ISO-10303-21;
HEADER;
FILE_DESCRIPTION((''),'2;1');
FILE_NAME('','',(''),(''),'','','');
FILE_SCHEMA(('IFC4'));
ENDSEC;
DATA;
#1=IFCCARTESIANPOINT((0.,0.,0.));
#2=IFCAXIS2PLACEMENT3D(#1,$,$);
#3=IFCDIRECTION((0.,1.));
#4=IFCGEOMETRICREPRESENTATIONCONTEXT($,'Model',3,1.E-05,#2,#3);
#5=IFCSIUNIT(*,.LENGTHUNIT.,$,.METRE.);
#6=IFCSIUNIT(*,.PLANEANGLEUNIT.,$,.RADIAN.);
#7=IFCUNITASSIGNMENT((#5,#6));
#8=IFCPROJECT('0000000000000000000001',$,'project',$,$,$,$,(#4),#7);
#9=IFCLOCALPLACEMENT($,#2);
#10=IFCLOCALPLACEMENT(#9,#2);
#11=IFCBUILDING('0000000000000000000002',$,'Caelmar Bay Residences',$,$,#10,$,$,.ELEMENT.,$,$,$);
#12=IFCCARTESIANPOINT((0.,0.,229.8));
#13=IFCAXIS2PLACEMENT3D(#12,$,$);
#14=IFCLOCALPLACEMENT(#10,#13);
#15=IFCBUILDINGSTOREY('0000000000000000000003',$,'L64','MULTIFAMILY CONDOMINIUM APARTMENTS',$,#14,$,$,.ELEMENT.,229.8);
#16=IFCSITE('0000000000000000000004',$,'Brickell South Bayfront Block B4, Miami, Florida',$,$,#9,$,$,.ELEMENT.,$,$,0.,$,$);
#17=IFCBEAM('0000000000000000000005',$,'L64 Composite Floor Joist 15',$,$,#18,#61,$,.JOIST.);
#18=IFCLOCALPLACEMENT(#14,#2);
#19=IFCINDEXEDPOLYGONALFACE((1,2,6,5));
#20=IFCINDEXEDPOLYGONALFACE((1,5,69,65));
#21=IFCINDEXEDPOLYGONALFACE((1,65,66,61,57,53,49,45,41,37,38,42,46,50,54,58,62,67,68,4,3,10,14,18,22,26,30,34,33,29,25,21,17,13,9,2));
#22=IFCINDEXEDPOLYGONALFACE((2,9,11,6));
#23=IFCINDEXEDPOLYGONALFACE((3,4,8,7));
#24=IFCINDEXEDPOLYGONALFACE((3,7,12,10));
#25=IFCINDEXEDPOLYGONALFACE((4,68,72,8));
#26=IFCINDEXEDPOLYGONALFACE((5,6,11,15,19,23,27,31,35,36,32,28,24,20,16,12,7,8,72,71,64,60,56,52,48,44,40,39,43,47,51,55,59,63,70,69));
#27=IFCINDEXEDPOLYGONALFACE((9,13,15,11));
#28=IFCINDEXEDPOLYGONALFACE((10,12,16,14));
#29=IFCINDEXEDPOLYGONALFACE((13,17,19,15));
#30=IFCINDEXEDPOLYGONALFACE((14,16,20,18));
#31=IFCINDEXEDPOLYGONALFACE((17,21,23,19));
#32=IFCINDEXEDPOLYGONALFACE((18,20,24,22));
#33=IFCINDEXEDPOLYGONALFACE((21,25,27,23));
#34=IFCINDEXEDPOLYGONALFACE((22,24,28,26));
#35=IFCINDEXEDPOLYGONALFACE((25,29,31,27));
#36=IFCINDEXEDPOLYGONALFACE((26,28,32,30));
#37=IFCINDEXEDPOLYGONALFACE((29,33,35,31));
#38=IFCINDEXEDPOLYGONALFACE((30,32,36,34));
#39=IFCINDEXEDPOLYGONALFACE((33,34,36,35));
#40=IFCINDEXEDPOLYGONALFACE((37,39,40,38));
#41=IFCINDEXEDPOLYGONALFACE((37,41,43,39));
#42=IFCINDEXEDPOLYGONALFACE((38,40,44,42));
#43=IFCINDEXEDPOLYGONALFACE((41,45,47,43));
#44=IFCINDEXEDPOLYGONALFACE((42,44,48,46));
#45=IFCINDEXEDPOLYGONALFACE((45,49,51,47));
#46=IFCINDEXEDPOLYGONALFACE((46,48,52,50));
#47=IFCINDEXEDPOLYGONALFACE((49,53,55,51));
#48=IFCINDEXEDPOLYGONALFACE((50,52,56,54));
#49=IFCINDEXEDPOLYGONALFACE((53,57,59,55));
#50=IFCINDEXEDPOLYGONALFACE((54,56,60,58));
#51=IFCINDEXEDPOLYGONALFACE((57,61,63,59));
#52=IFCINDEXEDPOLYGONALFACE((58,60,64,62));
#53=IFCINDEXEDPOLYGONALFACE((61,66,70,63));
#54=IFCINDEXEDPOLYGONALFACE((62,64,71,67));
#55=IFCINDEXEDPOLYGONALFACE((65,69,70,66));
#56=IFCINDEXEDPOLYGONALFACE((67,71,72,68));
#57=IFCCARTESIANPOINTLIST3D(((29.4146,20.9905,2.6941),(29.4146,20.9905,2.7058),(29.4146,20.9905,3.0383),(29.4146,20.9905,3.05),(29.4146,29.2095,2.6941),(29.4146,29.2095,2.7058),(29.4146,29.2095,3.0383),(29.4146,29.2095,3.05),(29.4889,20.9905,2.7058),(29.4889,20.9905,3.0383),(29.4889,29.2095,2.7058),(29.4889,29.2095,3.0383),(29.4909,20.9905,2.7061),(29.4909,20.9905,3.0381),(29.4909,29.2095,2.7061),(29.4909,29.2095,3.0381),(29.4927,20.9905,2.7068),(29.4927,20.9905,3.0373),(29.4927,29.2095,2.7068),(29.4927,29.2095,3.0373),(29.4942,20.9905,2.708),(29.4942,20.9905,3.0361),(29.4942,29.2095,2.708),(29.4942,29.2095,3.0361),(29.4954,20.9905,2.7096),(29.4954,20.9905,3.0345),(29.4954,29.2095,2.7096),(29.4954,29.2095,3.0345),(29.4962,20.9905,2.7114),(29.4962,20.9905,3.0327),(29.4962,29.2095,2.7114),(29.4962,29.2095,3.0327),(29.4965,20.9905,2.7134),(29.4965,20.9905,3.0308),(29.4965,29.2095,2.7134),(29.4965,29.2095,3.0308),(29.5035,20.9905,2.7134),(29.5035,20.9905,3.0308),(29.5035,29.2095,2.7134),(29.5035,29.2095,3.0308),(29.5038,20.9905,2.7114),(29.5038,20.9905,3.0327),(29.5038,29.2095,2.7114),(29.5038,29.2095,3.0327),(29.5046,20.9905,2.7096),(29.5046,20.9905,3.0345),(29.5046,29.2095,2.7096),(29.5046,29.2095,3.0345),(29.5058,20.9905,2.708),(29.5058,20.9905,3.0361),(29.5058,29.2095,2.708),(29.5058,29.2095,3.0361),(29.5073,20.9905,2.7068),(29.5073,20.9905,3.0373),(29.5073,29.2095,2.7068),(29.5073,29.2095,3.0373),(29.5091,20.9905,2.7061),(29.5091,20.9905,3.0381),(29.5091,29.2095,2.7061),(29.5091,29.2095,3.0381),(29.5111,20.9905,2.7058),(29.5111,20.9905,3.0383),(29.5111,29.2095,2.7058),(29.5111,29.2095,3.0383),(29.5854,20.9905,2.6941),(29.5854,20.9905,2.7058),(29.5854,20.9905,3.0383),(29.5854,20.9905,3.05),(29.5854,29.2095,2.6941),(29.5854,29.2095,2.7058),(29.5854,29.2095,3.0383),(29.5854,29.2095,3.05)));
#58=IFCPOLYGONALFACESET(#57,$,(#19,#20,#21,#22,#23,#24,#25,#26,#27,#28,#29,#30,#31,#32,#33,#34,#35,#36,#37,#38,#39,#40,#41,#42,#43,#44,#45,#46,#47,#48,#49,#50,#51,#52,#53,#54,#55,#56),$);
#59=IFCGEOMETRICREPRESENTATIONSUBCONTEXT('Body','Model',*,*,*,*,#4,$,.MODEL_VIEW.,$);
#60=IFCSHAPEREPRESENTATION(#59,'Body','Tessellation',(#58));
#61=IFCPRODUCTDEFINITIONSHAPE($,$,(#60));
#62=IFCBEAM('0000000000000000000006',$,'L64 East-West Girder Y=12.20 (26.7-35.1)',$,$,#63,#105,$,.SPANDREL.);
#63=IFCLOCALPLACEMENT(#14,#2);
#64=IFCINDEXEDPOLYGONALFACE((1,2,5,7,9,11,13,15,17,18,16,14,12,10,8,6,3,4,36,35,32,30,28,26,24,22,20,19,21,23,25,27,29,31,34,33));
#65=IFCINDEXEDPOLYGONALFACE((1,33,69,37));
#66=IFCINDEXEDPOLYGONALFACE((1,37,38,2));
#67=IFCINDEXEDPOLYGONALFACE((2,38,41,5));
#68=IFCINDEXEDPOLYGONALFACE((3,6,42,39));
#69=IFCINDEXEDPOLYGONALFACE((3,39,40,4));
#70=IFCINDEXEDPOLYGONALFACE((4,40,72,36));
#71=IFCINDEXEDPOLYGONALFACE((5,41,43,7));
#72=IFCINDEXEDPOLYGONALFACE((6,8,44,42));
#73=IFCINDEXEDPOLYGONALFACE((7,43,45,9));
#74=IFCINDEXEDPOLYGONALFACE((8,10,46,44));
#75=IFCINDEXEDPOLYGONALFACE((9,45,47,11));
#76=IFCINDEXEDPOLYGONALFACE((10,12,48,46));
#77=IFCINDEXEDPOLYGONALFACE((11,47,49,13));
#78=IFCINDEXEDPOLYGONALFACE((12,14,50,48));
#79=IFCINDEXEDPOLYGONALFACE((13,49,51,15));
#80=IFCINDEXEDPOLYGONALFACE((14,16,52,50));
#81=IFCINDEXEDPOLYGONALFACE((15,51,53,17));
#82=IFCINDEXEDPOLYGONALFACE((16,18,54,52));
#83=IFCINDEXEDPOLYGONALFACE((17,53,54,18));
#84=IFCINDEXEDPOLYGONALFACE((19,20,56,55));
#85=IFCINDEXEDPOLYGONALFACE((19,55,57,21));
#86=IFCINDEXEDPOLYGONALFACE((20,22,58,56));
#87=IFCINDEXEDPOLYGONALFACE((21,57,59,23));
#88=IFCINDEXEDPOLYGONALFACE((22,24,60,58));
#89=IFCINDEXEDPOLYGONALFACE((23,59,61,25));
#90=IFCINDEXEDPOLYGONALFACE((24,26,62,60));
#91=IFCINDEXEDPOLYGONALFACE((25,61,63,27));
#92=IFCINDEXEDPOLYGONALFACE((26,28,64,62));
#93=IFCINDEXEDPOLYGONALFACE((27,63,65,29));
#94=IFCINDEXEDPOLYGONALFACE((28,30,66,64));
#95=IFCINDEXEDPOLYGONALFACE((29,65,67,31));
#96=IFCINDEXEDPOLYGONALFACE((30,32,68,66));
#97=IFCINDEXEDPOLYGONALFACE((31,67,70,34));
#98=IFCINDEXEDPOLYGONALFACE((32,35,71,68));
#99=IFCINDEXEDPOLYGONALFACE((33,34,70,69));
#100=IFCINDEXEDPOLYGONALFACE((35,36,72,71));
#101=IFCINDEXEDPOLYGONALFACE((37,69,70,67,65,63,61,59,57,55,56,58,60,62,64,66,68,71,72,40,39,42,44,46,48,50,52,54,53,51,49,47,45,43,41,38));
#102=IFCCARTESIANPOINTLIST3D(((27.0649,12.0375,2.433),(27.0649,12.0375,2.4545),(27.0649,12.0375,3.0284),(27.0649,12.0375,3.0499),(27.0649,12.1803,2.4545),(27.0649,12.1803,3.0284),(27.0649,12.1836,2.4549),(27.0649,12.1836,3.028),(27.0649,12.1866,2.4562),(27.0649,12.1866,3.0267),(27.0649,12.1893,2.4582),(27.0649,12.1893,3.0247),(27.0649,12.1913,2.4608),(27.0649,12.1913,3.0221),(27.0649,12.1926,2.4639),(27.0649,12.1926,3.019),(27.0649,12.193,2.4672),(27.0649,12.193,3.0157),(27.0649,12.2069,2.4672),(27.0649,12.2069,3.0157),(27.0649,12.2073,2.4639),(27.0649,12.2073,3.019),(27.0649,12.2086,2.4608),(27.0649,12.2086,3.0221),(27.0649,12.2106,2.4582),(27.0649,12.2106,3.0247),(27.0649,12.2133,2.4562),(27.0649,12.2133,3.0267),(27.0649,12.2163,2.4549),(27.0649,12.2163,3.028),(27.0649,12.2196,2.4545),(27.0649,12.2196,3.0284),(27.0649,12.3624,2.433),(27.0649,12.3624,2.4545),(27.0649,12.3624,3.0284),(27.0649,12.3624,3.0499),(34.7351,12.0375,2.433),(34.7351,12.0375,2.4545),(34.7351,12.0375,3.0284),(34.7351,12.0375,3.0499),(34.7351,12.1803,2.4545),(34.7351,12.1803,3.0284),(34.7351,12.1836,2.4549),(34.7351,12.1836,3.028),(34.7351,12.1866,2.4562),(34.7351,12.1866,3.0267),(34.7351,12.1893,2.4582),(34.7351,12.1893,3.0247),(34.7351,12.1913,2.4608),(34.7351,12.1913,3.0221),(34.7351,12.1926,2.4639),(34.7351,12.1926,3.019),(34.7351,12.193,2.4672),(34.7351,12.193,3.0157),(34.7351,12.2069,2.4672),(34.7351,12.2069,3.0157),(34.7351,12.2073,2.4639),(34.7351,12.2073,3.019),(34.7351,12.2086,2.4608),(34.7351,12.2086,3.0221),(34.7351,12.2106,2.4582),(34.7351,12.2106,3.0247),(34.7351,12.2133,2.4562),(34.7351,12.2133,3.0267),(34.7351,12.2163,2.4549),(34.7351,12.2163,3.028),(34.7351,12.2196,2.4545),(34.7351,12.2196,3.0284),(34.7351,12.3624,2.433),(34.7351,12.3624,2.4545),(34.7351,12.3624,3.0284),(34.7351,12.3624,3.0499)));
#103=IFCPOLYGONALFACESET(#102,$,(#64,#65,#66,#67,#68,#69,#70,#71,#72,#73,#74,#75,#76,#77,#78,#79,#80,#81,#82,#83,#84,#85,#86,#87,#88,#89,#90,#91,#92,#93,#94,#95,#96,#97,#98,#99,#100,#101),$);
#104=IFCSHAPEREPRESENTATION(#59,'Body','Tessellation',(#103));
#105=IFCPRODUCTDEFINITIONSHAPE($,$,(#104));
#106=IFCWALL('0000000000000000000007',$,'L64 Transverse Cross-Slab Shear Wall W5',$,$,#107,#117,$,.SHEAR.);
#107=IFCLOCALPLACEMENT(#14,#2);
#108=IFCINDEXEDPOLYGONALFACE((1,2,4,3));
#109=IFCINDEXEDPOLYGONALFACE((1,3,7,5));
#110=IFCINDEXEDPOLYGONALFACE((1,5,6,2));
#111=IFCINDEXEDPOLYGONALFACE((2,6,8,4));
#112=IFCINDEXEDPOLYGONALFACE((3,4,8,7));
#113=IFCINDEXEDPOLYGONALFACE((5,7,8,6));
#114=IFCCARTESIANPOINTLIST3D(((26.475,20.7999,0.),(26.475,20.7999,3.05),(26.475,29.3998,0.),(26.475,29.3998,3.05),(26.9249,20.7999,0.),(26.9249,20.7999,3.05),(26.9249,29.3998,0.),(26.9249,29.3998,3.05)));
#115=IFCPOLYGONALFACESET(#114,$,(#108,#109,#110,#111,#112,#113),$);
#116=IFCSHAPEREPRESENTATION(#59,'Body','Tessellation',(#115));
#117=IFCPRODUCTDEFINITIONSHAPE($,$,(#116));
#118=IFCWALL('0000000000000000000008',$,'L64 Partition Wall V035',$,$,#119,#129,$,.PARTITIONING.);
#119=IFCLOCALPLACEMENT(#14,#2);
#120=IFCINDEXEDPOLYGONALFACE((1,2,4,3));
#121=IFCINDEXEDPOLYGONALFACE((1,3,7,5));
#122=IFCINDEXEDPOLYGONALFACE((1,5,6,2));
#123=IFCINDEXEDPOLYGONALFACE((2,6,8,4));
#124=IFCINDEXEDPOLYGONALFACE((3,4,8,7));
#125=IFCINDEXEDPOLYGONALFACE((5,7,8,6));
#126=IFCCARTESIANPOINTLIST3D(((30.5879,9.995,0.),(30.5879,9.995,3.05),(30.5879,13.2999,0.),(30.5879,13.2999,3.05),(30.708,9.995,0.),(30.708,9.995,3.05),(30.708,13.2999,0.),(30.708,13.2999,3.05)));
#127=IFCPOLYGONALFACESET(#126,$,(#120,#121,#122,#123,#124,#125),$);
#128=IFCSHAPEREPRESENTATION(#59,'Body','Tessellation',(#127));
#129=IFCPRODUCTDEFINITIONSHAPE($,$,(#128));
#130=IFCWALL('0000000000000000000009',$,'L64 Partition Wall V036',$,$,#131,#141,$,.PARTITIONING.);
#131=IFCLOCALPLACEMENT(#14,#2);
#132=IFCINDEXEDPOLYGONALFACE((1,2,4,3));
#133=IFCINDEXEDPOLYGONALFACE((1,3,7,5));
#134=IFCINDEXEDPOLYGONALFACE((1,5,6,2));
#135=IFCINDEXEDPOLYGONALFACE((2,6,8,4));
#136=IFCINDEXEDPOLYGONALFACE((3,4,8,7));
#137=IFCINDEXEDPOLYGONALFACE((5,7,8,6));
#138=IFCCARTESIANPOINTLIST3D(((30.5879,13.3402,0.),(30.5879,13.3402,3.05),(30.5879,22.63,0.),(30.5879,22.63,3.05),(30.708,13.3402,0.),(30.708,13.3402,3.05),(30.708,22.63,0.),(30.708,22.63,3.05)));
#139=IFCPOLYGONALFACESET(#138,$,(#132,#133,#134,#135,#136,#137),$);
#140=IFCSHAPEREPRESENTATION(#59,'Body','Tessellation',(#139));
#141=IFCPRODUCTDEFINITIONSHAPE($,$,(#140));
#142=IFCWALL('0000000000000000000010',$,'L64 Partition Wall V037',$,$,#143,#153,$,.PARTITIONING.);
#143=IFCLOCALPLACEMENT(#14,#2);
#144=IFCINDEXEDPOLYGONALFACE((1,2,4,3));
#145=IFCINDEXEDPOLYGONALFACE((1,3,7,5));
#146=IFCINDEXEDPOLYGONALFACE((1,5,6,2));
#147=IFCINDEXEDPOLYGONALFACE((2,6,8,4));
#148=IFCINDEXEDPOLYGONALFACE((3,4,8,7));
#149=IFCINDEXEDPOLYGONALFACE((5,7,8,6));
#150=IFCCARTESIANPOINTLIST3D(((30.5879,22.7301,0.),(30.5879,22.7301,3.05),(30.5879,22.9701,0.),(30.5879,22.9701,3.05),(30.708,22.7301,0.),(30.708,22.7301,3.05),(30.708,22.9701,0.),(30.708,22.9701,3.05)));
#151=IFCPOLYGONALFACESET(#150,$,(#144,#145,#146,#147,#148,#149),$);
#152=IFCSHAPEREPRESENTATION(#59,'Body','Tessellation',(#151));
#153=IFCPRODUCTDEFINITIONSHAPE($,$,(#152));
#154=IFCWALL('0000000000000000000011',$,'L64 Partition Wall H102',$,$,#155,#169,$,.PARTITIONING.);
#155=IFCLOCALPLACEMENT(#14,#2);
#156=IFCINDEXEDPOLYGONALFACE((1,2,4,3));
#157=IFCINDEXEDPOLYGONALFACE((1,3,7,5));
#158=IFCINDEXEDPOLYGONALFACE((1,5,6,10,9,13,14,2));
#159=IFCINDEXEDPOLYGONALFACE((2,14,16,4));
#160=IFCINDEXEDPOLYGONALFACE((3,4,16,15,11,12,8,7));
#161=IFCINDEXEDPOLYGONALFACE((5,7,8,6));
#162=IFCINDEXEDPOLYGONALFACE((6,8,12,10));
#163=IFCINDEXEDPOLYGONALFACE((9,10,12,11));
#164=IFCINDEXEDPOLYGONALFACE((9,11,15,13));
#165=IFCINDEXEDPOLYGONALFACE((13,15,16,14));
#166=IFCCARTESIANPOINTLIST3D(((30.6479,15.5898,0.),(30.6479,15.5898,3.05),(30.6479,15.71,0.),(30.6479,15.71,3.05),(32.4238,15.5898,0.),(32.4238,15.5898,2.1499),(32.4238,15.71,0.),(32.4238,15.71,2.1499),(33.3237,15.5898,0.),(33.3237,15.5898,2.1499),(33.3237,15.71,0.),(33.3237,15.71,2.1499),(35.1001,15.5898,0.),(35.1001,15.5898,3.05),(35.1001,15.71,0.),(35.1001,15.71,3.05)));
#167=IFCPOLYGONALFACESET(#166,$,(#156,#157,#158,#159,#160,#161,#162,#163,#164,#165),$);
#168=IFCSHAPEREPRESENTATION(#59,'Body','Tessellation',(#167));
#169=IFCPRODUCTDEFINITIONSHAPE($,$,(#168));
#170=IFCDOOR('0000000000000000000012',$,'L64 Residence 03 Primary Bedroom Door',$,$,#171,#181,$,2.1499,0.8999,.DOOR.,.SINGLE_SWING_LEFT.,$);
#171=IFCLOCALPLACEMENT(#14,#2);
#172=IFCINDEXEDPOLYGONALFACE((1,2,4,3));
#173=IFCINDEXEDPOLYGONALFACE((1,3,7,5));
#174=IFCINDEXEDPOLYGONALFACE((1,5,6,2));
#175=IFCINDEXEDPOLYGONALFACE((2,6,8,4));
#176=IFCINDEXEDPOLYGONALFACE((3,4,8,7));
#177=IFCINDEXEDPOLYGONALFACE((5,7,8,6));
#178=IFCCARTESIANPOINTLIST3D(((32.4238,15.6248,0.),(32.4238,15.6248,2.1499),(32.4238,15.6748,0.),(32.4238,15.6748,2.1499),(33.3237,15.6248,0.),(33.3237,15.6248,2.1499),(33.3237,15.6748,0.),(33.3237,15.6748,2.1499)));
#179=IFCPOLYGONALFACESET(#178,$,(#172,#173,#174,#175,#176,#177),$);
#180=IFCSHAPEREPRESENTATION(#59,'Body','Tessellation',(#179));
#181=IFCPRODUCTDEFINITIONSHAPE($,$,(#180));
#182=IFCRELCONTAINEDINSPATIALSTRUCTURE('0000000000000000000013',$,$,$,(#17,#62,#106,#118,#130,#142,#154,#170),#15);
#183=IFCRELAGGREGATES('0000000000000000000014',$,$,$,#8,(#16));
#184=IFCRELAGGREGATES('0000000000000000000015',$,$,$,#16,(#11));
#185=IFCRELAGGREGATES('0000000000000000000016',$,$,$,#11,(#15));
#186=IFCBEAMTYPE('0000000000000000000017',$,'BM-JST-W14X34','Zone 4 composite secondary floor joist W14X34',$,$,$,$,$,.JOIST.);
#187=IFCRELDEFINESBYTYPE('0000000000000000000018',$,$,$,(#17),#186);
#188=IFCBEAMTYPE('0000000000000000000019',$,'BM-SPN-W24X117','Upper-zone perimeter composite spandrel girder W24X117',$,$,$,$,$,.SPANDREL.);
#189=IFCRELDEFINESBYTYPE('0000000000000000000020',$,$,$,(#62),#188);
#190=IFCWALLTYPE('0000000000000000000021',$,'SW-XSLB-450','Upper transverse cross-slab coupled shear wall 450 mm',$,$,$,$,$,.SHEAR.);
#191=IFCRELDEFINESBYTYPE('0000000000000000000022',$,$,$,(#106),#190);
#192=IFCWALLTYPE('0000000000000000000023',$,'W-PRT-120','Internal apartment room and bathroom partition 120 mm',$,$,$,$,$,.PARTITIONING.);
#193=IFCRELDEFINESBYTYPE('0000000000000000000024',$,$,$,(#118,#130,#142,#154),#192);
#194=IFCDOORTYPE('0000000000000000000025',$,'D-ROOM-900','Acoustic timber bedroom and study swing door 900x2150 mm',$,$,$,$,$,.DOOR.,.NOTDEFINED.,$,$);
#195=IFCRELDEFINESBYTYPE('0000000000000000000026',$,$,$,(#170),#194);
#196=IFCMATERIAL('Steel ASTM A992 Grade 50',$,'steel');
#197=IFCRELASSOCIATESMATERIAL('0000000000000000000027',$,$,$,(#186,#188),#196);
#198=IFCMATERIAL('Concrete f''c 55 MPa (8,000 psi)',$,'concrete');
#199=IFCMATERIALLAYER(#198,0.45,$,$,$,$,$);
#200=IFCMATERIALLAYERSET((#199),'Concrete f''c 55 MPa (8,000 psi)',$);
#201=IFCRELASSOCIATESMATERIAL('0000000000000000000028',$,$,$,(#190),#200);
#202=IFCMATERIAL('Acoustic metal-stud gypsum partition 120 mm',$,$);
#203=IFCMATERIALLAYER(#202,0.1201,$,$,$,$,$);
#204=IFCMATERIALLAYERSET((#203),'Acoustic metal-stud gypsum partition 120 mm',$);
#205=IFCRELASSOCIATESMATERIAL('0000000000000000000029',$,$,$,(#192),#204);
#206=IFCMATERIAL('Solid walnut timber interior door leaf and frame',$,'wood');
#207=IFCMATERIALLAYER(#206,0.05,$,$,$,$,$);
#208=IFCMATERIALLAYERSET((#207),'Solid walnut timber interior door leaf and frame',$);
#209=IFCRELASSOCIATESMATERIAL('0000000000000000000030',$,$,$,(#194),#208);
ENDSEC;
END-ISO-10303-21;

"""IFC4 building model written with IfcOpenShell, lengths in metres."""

from ifc_helpers import new_model, si_unit, direction, frame, frame_2d, origin, origin_2d, place, context, subcontext, project, spatial, rectangle, i_section, extrude, material, layer, layer_set, material_profile, profile_set, type_object, element, fill, save


model = new_model("IFC4")

# Units and contexts
model_context = context("Model", 3, precision=1e-05, world=origin(), true_north=direction((0.0, 1.0)))
body_context = subcontext(model_context, "Body", "Model", "MODEL_VIEW")
ifc_project = project(units=[si_unit("LENGTHUNIT", "METRE"), si_unit("PLANEANGLEUNIT", "RADIAN")], contexts=[model_context])

# Site, building, storey
site_placement = place(None, origin())
site = spatial("IfcSite", under=ifc_project, at=site_placement, Name="Brickell South Bayfront Block B4, Miami, Florida", CompositionType="ELEMENT", RefElevation=0.0)
building_placement = place(site_placement, origin())
building = spatial("IfcBuilding", under=site, at=building_placement, Name="Caelmar Bay Residences", CompositionType="ELEMENT")
storey_placement = place(building_placement, frame((0.0, 0.0, 229.8)))
storey = spatial("IfcBuildingStorey", under=building, at=storey_placement, Name="L64", Description="MULTIFAMILY CONDOMINIUM APARTMENTS", CompositionType="ELEMENT", Elevation=229.8)

# Shared definitions
ifc_material_1 = material(Name="Concrete f'c 55 MPa (8,000 psi)", Category="concrete")

# Beams
ifc_material_2 = material(Name="Steel ASTM A992 Grade 50", Category="steel")
ifc_material_profile_1 = material_profile(ifc_material_2, i_section(OverallWidth=0.1709, OverallDepth=0.356, WebThickness=0.0071, FlangeThickness=0.0117, FilletRadius=0.0076, at=origin_2d()), Name="W14X34")
ifc_profile_set_1 = profile_set([ifc_material_profile_1], Name="Steel ASTM A992 Grade 50")
beam_type_1 = type_object("IfcBeamType", Name="BM-JST-W14X34", Description="Zone 4 composite secondary floor joist W14X34", PredefinedType="JOIST", material=ifc_profile_set_1)
beam_1_placement = place(storey_placement, frame((29.5, 20.9905, 2.8721), z_axis=(0.0, 1.0, 0.0), x_axis=(-1.0, 0.0, 0.0)))
element("IfcBeam", 1, at=beam_1_placement, inside=storey, type_object=beam_type_1, Name="L64 Composite Floor Joist 15", PredefinedType="JOIST", context=body_context, shape_type="SweptSolid", body=[
    extrude(i_section(OverallWidth=0.1709, OverallDepth=0.356, WebThickness=0.0071, FlangeThickness=0.0117, FilletRadius=0.0076, at=origin_2d()), origin(), (0.0, 0.0, 1.0), 8.219),
])
ifc_material_profile_2 = material_profile(ifc_material_2, i_section(OverallWidth=0.325, OverallDepth=0.6169, WebThickness=0.0139, FlangeThickness=0.0215, FilletRadius=0.0127, at=origin_2d()), Name="W24X117")
ifc_profile_set_2 = profile_set([ifc_material_profile_2], Name="Steel ASTM A992 Grade 50")
beam_type_2 = type_object("IfcBeamType", Name="BM-SPN-W24X117", Description="Upper-zone perimeter composite spandrel girder W24X117", PredefinedType="SPANDREL", material=ifc_profile_set_2)
beam_2_placement = place(storey_placement, frame((27.0649, 12.2, 2.7415), z_axis=(1.0, 0.0, 0.0), x_axis=(0.0, 1.0, 0.0)))
element("IfcBeam", 2, at=beam_2_placement, inside=storey, type_object=beam_type_2, Name="L64 East-West Girder Y=12.20 (26.7-35.1)", PredefinedType="SPANDREL", context=body_context, shape_type="SweptSolid", body=[
    extrude(i_section(OverallWidth=0.325, OverallDepth=0.6169, WebThickness=0.0139, FlangeThickness=0.0215, FilletRadius=0.0127, at=origin_2d()), origin(), (0.0, 0.0, 1.0), 7.6702),
])

# Walls
ifc_layer_1 = layer(ifc_material_1, 0.45)
ifc_layer_set_1 = layer_set([ifc_layer_1], Name="Concrete f'c 55 MPa (8,000 psi)")
wall_type_1 = type_object("IfcWallType", Name="SW-XSLB-450", Description="Upper transverse cross-slab coupled shear wall 450 mm", PredefinedType="SHEAR", material=ifc_layer_set_1)
wall_1_placement = place(storey_placement, frame((26.7, 20.8, 0.0), z_axis=(0.0, 0.0, 1.0), x_axis=(0.0, 1.0, 0.0)))
element("IfcWall", 3, at=wall_1_placement, inside=storey, type_object=wall_type_1, Name="L64 Transverse Cross-Slab Shear Wall W5", PredefinedType="SHEAR", context=body_context, shape_type="SweptSolid", body=[
    extrude(rectangle(XDim=8.5999, YDim=0.45, at=frame_2d((4.2998, 0.0))), origin(), (0.0, 0.0, 1.0), 3.05),
])
ifc_material_3 = material(Name="Acoustic metal-stud gypsum partition 120 mm")
ifc_layer_2 = layer(ifc_material_3, 0.1201)
ifc_layer_set_2 = layer_set([ifc_layer_2], Name="Acoustic metal-stud gypsum partition 120 mm")
wall_type_2 = type_object("IfcWallType", Name="W-PRT-120", Description="Internal apartment room and bathroom partition 120 mm", PredefinedType="PARTITIONING", material=ifc_layer_set_2)
wall_2_placement = place(storey_placement, frame((30.6479, 9.9951, 0.0), z_axis=(0.0, 0.0, 1.0), x_axis=(0.0, 1.0, 0.0)))
element("IfcWall", 4, at=wall_2_placement, inside=storey, type_object=wall_type_2, Name="L64 Partition Wall V035", PredefinedType="PARTITIONING", context=body_context, shape_type="SweptSolid", body=[
    extrude(rectangle(XDim=3.3049, YDim=0.1201, at=frame_2d((1.6523, 0.0))), origin(), (0.0, 0.0, 1.0), 3.05),
])
wall_3_placement = place(storey_placement, frame((30.6479, 13.3401, 0.0), z_axis=(0.0, 0.0, 1.0), x_axis=(0.0, 1.0, 0.0)))
element("IfcWall", 5, at=wall_3_placement, inside=storey, type_object=wall_type_2, Name="L64 Partition Wall V036", PredefinedType="PARTITIONING", context=body_context, shape_type="SweptSolid", body=[
    extrude(rectangle(XDim=9.2898, YDim=0.1201, at=frame_2d((4.645, 0.0))), origin(), (0.0, 0.0, 1.0), 3.05),
])
wall_4_placement = place(storey_placement, frame((30.6479, 22.73, 0.0), z_axis=(0.0, 0.0, 1.0), x_axis=(0.0, 1.0, 0.0)))
element("IfcWall", 6, at=wall_4_placement, inside=storey, type_object=wall_type_2, Name="L64 Partition Wall V037", PredefinedType="PARTITIONING", context=body_context, shape_type="SweptSolid", body=[
    extrude(rectangle(XDim=0.24, YDim=0.1201, at=frame_2d((0.1201, 0.0))), origin(), (0.0, 0.0, 1.0), 3.05),
])

# Wall, opening, door
wall_5_placement = place(storey_placement, frame((30.6479, 15.6499, 0.0), z_axis=(0.0, 0.0, 1.0), x_axis=(1.0, 0.0, 0.0)))
wall_5 = element("IfcWall", 7, at=wall_5_placement, inside=storey, type_object=wall_type_2, Name="L64 Partition Wall H102", PredefinedType="PARTITIONING", context=body_context, shape_type="SweptSolid", body=[
    extrude(rectangle(XDim=4.4521, YDim=0.1201, at=frame_2d((2.2261, 0.0))), origin(), (0.0, 0.0, 1.0), 3.05),
])
opening_placement = place(wall_5_placement, frame((1.7759, 0.0, 0.0)))
opening = element("IfcOpeningElement", 8, at=opening_placement, cuts=wall_5, PredefinedType="OPENING", context=body_context, shape_type="SweptSolid", body=[
    extrude(rectangle(XDim=0.8999, YDim=2.1499, at=frame_2d((0.45, 1.075))), frame((0.0, 0.0701, 0.0), z_axis=(0.0, -1.0, 0.0), x_axis=(1.0, 0.0, 0.0)), (0.0, 0.0, 1.0), 0.1401),
])
ifc_material_4 = material(Name="Solid walnut timber interior door leaf and frame", Category="wood")
ifc_layer_3 = layer(ifc_material_4, 0.05)
ifc_layer_set_3 = layer_set([ifc_layer_3], Name="Solid walnut timber interior door leaf and frame")
door_type = type_object("IfcDoorType", Name="D-ROOM-900", Description="Acoustic timber bedroom and study swing door 900x2150 mm", OperationType="NOTDEFINED", PredefinedType="DOOR", material=ifc_layer_set_3)
door_placement = place(opening_placement, origin())
door = element("IfcDoor", 9, at=door_placement, inside=storey, type_object=door_type, Name="L64 Residence 03 Primary Bedroom Door", OperationType="SINGLE_SWING_LEFT", OverallHeight=2.1499, OverallWidth=0.8999, PredefinedType="DOOR", context=body_context, shape_type="SweptSolid", body=[
    extrude(rectangle(XDim=0.8999, YDim=2.1499, at=frame_2d((0.45, 1.075))), frame((0.0, 0.0249, 0.0), z_axis=(0.0, -1.0, 0.0), x_axis=(1.0, 0.0, 0.0)), (0.0, 0.0, 1.0), 0.05),
])
fill(opening, door)

save(model, "model.ifc")
